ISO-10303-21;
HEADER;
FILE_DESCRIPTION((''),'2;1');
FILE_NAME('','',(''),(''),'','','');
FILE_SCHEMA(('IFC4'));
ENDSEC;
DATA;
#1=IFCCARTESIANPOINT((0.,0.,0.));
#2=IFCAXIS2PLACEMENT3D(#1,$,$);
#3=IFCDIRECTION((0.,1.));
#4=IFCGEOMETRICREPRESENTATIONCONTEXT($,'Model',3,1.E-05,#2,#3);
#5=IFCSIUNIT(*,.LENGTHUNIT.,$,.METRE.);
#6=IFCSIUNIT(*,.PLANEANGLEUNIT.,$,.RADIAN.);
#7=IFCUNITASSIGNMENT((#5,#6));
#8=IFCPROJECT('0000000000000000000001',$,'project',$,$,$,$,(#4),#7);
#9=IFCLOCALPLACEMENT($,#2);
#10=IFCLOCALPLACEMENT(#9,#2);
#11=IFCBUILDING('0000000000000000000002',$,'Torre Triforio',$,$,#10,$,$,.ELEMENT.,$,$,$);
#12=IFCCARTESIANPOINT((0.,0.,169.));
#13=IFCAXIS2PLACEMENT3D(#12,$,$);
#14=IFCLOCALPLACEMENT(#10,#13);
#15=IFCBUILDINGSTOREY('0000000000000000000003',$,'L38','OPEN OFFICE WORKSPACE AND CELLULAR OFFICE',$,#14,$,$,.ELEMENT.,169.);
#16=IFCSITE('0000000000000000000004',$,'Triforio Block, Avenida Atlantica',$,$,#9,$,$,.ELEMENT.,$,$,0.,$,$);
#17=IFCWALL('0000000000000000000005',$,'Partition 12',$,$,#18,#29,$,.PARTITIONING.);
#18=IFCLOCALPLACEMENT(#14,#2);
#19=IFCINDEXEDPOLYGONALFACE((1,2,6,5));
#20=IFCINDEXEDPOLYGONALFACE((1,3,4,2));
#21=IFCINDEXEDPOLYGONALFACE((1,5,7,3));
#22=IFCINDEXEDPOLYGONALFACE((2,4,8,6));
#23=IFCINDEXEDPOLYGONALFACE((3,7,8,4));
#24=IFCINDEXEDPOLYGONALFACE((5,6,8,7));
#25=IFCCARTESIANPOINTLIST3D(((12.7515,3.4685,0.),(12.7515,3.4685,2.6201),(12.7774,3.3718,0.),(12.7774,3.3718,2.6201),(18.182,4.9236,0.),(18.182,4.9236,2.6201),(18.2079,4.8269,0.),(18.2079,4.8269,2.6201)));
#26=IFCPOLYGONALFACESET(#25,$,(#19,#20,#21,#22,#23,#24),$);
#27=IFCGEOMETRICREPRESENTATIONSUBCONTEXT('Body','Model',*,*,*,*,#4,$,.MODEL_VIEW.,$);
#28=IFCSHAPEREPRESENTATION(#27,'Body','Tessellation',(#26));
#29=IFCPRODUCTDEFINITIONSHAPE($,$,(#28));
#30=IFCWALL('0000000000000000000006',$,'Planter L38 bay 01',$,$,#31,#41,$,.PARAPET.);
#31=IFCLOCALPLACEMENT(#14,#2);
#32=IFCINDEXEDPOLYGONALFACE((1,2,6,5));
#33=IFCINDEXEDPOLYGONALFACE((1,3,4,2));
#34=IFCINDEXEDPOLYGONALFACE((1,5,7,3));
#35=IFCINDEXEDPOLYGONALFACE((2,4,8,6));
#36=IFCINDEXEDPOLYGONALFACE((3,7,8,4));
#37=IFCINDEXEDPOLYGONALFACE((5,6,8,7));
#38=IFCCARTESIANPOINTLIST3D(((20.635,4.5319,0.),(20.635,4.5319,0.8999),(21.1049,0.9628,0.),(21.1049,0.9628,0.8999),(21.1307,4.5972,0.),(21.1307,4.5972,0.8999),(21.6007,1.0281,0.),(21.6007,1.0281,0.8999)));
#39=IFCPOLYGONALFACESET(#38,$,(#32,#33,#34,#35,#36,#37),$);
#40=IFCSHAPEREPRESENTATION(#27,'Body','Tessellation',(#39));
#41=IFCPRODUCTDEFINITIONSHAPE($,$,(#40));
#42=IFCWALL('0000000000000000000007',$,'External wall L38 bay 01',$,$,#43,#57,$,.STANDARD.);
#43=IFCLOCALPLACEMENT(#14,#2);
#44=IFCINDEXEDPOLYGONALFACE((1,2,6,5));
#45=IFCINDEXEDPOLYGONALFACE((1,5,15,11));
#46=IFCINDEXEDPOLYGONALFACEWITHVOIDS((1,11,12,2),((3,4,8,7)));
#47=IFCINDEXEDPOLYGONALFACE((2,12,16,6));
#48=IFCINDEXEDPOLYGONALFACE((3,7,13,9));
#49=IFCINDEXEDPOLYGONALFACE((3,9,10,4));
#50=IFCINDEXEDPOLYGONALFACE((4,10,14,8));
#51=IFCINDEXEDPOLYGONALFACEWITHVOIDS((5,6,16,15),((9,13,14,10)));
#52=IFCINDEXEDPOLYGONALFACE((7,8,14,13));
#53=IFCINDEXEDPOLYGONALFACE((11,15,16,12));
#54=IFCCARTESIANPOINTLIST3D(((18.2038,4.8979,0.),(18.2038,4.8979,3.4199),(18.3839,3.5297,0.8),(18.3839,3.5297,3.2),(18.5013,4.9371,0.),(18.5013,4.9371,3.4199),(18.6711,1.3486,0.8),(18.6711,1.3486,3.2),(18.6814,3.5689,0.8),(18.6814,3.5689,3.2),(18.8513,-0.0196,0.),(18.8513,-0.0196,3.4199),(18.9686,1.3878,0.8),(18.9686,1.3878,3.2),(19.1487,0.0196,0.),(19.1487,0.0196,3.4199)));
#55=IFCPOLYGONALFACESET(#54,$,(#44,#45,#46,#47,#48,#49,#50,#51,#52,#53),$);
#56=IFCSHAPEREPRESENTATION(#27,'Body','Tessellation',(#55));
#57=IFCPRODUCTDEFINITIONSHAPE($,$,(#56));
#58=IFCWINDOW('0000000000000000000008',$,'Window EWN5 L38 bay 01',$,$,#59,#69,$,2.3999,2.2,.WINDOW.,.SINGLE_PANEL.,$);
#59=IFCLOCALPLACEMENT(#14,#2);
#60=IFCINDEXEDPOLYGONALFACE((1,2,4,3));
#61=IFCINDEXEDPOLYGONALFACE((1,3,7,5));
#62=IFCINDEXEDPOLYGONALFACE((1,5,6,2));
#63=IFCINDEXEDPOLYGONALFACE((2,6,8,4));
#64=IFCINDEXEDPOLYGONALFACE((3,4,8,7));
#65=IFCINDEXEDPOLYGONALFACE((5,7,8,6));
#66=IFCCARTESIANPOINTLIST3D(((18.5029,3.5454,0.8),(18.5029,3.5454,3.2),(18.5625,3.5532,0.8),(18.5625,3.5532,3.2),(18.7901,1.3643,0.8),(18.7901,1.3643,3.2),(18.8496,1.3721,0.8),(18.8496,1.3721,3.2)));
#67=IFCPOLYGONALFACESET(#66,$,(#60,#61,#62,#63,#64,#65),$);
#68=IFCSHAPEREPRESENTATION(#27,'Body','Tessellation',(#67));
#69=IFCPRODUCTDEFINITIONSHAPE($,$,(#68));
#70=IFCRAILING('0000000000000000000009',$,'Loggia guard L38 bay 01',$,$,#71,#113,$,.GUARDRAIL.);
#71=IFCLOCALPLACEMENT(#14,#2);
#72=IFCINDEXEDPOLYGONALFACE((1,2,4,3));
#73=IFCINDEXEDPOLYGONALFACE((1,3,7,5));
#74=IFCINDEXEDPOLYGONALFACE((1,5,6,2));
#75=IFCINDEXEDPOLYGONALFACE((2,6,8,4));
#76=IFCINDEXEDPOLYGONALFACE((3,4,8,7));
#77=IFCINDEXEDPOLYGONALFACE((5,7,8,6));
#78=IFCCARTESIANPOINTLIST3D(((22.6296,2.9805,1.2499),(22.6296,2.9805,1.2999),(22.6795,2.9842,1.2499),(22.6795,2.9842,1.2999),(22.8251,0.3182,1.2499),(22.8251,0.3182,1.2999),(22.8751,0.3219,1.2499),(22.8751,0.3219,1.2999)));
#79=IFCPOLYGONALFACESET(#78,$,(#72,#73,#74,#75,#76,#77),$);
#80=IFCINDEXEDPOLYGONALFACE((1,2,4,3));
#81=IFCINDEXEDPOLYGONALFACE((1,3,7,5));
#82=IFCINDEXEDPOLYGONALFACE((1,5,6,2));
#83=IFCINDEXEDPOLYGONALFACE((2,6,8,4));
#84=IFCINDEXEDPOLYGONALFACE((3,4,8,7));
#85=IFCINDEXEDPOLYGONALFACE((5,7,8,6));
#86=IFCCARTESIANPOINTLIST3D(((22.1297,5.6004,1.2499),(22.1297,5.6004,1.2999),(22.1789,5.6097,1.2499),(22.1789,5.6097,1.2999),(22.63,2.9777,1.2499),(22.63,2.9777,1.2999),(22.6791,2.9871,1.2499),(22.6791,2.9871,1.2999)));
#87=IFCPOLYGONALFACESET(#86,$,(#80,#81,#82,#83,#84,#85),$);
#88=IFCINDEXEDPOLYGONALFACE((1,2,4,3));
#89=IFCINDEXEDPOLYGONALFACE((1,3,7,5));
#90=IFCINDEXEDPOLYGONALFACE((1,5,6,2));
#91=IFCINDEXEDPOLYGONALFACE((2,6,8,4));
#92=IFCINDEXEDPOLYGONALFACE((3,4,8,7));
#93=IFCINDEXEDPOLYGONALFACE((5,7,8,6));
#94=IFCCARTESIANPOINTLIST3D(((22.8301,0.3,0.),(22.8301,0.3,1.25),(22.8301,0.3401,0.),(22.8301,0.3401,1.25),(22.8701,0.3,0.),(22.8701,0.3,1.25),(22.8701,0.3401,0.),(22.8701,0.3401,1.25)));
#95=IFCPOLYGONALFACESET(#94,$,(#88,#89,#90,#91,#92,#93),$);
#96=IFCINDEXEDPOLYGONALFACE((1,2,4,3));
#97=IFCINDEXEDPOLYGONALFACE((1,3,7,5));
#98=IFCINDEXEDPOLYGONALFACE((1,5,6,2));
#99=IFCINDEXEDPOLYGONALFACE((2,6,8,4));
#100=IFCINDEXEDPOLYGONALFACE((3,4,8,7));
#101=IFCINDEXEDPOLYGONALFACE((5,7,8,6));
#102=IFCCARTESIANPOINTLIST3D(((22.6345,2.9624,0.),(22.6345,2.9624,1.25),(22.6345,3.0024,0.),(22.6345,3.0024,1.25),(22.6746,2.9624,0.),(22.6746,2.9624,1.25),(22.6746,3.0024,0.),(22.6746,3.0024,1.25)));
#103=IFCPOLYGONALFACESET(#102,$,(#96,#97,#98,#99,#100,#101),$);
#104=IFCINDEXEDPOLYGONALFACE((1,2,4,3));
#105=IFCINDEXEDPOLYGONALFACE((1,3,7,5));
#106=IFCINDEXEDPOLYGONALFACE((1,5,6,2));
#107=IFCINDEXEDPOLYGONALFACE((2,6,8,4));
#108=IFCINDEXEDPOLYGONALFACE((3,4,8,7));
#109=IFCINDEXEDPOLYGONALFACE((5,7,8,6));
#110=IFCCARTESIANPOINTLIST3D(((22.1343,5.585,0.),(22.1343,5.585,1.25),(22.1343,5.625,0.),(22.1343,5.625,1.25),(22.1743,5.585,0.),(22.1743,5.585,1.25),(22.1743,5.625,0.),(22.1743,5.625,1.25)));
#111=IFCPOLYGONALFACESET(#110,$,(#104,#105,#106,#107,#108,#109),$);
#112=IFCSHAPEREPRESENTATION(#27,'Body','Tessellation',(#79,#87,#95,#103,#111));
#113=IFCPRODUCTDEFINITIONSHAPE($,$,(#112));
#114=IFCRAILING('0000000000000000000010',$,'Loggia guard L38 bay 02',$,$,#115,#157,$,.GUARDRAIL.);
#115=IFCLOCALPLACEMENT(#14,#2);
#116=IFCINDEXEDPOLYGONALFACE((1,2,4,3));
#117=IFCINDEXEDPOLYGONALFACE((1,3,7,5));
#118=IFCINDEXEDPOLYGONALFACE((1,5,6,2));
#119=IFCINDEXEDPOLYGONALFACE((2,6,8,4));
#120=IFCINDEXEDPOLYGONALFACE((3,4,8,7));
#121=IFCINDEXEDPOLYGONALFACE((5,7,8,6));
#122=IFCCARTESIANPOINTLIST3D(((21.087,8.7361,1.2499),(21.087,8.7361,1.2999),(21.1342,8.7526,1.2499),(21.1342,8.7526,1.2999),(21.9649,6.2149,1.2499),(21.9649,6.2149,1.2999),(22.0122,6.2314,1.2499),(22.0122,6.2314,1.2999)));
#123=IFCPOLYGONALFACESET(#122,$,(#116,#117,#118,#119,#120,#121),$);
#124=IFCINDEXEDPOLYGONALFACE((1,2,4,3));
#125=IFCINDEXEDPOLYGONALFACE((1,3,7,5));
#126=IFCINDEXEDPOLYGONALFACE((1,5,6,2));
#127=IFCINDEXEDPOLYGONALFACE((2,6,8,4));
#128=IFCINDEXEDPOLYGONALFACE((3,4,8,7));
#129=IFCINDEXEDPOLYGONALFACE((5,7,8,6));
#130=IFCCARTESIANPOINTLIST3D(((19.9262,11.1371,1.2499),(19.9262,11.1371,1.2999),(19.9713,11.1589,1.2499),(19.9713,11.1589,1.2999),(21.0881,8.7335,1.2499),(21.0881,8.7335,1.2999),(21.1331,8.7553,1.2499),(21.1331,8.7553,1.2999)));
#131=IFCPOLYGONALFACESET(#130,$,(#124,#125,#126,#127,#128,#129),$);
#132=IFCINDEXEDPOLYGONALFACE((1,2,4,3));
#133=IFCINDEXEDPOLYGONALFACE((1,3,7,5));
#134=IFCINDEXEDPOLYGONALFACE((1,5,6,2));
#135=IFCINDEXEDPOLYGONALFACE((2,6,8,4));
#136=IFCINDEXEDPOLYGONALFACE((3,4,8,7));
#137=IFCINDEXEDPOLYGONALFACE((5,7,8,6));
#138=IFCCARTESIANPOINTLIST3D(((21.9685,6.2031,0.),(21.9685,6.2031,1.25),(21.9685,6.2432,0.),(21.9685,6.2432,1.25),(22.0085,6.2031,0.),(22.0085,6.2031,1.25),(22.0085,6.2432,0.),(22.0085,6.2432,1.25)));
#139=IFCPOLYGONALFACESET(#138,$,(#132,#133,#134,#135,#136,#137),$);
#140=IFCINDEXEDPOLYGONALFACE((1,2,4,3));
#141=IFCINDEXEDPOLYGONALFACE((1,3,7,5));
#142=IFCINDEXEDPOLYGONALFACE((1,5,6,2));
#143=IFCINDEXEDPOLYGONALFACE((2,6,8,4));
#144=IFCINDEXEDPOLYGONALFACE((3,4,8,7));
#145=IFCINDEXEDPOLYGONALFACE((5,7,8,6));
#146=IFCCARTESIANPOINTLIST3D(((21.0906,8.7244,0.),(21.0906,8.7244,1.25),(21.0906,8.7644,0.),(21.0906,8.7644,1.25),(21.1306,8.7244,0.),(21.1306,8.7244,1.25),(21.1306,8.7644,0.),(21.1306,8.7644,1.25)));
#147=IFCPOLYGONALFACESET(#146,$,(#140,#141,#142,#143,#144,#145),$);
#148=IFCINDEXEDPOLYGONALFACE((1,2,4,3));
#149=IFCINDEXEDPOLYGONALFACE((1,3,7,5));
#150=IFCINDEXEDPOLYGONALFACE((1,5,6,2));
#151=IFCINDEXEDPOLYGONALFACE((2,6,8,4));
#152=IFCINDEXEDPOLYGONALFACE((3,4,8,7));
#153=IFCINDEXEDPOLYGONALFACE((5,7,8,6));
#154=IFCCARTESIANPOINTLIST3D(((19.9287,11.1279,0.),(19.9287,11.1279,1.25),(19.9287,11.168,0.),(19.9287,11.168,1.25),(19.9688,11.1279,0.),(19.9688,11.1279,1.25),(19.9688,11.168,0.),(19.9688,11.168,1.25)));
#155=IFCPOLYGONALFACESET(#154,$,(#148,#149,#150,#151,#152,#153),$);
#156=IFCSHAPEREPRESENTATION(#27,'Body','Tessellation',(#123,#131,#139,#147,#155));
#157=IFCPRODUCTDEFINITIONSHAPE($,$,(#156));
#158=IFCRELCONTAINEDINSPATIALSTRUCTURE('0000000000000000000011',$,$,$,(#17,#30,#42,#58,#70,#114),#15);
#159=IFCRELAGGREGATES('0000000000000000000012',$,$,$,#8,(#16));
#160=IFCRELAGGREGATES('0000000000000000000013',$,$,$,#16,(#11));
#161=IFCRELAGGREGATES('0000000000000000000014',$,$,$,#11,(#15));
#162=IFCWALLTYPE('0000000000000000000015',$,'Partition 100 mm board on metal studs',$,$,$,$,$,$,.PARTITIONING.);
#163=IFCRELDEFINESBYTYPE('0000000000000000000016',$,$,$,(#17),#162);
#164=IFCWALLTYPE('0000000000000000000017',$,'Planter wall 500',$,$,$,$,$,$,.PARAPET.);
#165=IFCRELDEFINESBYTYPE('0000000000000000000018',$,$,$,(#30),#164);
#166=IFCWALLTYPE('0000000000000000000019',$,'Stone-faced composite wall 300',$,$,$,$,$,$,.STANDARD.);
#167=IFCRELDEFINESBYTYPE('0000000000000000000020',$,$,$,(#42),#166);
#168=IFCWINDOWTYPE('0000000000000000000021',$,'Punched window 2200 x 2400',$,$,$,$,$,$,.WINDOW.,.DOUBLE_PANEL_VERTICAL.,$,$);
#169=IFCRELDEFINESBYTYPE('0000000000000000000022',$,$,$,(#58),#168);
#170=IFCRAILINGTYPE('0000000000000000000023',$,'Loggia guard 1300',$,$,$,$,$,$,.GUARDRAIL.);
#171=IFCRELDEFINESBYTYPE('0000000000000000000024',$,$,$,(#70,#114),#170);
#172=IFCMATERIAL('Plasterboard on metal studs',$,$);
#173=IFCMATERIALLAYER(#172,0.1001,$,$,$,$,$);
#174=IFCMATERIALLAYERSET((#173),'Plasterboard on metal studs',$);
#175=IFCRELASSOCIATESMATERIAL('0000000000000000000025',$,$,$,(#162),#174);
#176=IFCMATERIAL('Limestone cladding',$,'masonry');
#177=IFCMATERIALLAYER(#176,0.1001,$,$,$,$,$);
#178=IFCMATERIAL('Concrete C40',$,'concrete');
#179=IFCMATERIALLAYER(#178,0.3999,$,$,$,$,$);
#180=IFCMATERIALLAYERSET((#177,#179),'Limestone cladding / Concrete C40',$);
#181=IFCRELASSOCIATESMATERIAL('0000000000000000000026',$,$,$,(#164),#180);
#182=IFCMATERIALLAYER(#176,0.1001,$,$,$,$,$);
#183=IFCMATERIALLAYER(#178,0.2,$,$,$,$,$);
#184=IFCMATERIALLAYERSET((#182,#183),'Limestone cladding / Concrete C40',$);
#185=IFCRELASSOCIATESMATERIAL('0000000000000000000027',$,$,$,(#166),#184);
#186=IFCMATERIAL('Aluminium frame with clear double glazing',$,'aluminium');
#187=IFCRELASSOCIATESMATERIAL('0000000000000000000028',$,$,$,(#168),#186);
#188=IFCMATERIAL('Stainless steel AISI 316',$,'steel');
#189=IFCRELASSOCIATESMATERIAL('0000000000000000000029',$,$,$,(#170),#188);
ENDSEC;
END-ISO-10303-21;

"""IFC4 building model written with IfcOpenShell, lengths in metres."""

from ifc_helpers import new_model, si_unit, direction, frame, frame_2d, origin, origin_2d, place, context, subcontext, project, spatial, rectangle, extrude, material, layer, layer_set, type_object, element, fill, save


model = new_model("IFC4")

# Units and contexts
model_context = context("Model", 3, precision=1e-05, world=origin(), true_north=direction((0.0, 1.0)))
body_context = subcontext(model_context, "Body", "Model", "MODEL_VIEW")
ifc_project = project(units=[si_unit("LENGTHUNIT", "METRE"), si_unit("PLANEANGLEUNIT", "RADIAN")], contexts=[model_context])

# Site, building, storey
site_placement = place(None, origin())
site = spatial("IfcSite", under=ifc_project, at=site_placement, Name="Triforio Block, Avenida Atlantica", CompositionType="ELEMENT", RefElevation=0.0)
building_placement = place(site_placement, origin())
building = spatial("IfcBuilding", under=site, at=building_placement, Name="Torre Triforio", CompositionType="ELEMENT")
storey_placement = place(building_placement, frame((0.0, 0.0, 169.0)))
storey = spatial("IfcBuildingStorey", under=building, at=storey_placement, Name="L38", Description="OPEN OFFICE WORKSPACE AND CELLULAR OFFICE", CompositionType="ELEMENT", Elevation=169.0)

# Shared definitions
ifc_material_1 = material(Name="Concrete C40", Category="concrete")

# Shared definitions
ifc_material_2 = material(Name="Plasterboard on metal studs")

# Walls
ifc_layer_1 = layer(ifc_material_2, 0.1001)
ifc_layer_set_1 = layer_set([ifc_layer_1], Name="Plasterboard on metal studs")
wall_type_1 = type_object("IfcWallType", Name="Partition 100 mm board on metal studs", PredefinedType="PARTITIONING", material=ifc_layer_set_1)
wall_1_placement = place(storey_placement, frame((12.7644, 3.4202, 0.0), z_axis=(0.0, 0.0, 1.0), x_axis=(0.965926, 0.258819, 0.0)))
element("IfcWall", 1, at=wall_1_placement, inside=storey, type_object=wall_type_1, Name="Partition 12", PredefinedType="PARTITIONING", context=body_context, shape_type="SweptSolid", body=[
    extrude(rectangle(XDim=5.6221, YDim=0.1001, at=frame_2d((2.811, 0.0))), origin(), (0.0, 0.0, 1.0), 2.6201),
])
ifc_material_3 = material(Name="Limestone cladding", Category="masonry")
ifc_layer_2 = layer(ifc_material_3, 0.1001)
ifc_layer_3 = layer(ifc_material_1, 0.3999)
ifc_layer_set_2 = layer_set([ifc_layer_2, ifc_layer_3], Name="Limestone cladding / Concrete C40")
wall_type_2 = type_object("IfcWallType", Name="Planter wall 500", PredefinedType="PARAPET", material=ifc_layer_set_2)
wall_2_placement = place(storey_placement, frame((21.3528, 0.9956, 0.0), z_axis=(0.0, 0.0, 1.0), x_axis=(-0.130551, 0.991442, 0.0)))
element("IfcWall", 2, at=wall_2_placement, inside=storey, type_object=wall_type_2, Name="Planter L38 bay 01", PredefinedType="PARAPET", context=body_context, shape_type="SweptSolid", body=[
    extrude(rectangle(XDim=3.5999, YDim=0.5, at=frame_2d((1.7998, 0.0))), origin(), (0.0, 0.0, 1.0), 0.8999),
])

# Wall, opening, window
ifc_layer_4 = layer(ifc_material_3, 0.1001)
ifc_layer_5 = layer(ifc_material_1, 0.2)
ifc_layer_set_3 = layer_set([ifc_layer_4, ifc_layer_5], Name="Limestone cladding / Concrete C40")
wall_type_3 = type_object("IfcWallType", Name="Stone-faced composite wall 300", PredefinedType="STANDARD", material=ifc_layer_set_3)
wall_3_placement = place(storey_placement, frame((19.0, 0.0, 0.0), z_axis=(0.0, 0.0, 1.0), x_axis=(-0.130539, 0.991443, 0.0)))
wall_3 = element("IfcWall", 3, at=wall_3_placement, inside=storey, type_object=wall_type_3, Name="External wall L38 bay 01", PredefinedType="STANDARD", context=body_context, shape_type="SweptSolid", body=[
    extrude(rectangle(XDim=4.96, YDim=0.3, at=frame_2d((2.48, 0.0))), origin(), (0.0, 0.0, 1.0), 3.4199),
])
opening_1_placement = place(wall_3_placement, frame((1.3799, 0.0, 0.8)))
opening_1 = element("IfcOpeningElement", 4, at=opening_1_placement, cuts=wall_3, PredefinedType="OPENING", context=body_context, shape_type="SweptSolid", body=[
    extrude(rectangle(XDim=2.2, YDim=2.3999, at=frame_2d((1.1001, 1.2))), frame((0.0, 0.1599, 0.0), z_axis=(0.0, -1.0, 0.0), x_axis=(1.0, 0.0, 0.0)), (0.0, 0.0, 1.0), 0.3201),
])
ifc_material_4 = material(Name="Aluminium frame with clear double glazing", Category="aluminium")
window_type_1 = type_object("IfcWindowType", Name="Punched window 2200 x 2400", PartitioningType="DOUBLE_PANEL_VERTICAL", PredefinedType="WINDOW", material=ifc_material_4)
window_1_placement = place(opening_1_placement, origin())
window_1 = element("IfcWindow", 5, at=window_1_placement, inside=storey, type_object=window_type_1, Name="Window EWN5 L38 bay 01", OverallHeight=2.3999, OverallWidth=2.2, PartitioningType="SINGLE_PANEL", PredefinedType="WINDOW", context=body_context, shape_type="SweptSolid", body=[
    extrude(rectangle(XDim=2.2, YDim=2.3999, at=frame_2d((1.1001, 1.2))), frame((0.0, 0.03, 0.0), z_axis=(0.0, -1.0, 0.0), x_axis=(1.0, 0.0, 0.0)), (0.0, 0.0, 1.0), 0.0601),
])
fill(opening_1, window_1)

# Railings
ifc_material_5 = material(Name="Stainless steel AISI 316", Category="steel")
railing_type = type_object("IfcRailingType", Name="Loggia guard 1300", PredefinedType="GUARDRAIL", material=ifc_material_5)
railing_1_placement = place(storey_placement, frame((22.8501, 0.3201, 0.0)))
element("IfcRailing", 6, at=railing_1_placement, inside=storey, type_object=railing_type, Name="Loggia guard L38 bay 01", PredefinedType="GUARDRAIL", context=body_context, shape_type="SweptSolid", body=[
    extrude(rectangle(XDim=0.05, YDim=0.05, at=origin_2d()), frame((0.0, 0.0, 1.2749), z_axis=(-0.073255, 0.997313, 0.0), x_axis=(-0.997313, -0.073255, 0.0)), (0.0, 0.0, 1.0), 2.6694),
    extrude(rectangle(XDim=0.05, YDim=0.05, at=origin_2d()), frame((-0.1956, 2.6624, 1.2749), z_axis=(-0.187368, 0.98229, 0.0), x_axis=(-0.98229, -0.187368, 0.0)), (0.0, 0.0, 1.0), 2.6699),
    extrude(rectangle(XDim=0.04, YDim=0.04, at=origin_2d()), origin(), (0.0, 0.0, 1.0), 1.25),
    extrude(rectangle(XDim=0.04, YDim=0.04, at=origin_2d()), frame((-0.1956, 2.6624, 0.0)), (0.0, 0.0, 1.0), 1.25),
    extrude(rectangle(XDim=0.04, YDim=0.04, at=origin_2d()), frame((-0.6958, 5.2849, 0.0)), (0.0, 0.0, 1.0), 1.25),
])
railing_2_placement = place(storey_placement, frame((21.9885, 6.2231, 0.0)))
element("IfcRailing", 7, at=railing_2_placement, inside=storey, type_object=railing_type, Name="Loggia guard L38 bay 02", PredefinedType="GUARDRAIL", context=body_context, shape_type="SweptSolid", body=[
    extrude(rectangle(XDim=0.05, YDim=0.05, at=origin_2d()), frame((0.0, 0.0, 1.2749), z_axis=(-0.328847, 0.944383, 0.0), x_axis=(-0.944383, -0.328847, 0.0)), (0.0, 0.0, 1.0), 2.6697),
    extrude(rectangle(XDim=0.05, YDim=0.05, at=origin_2d()), frame((-0.8779, 2.5212, 1.2749), z_axis=(-0.435212, 0.900328, 0.0), x_axis=(-0.900328, -0.435212, 0.0)), (0.0, 0.0, 1.0), 2.6697),
    extrude(rectangle(XDim=0.04, YDim=0.04, at=origin_2d()), origin(), (0.0, 0.0, 1.0), 1.25),
    extrude(rectangle(XDim=0.04, YDim=0.04, at=origin_2d()), frame((-0.8779, 2.5212, 0.0)), (0.0, 0.0, 1.0), 1.25),
    extrude(rectangle(XDim=0.04, YDim=0.04, at=origin_2d()), frame((-2.0398, 4.9248, 0.0)), (0.0, 0.0, 1.0), 1.25),
])

save(model, "model.ifc")
